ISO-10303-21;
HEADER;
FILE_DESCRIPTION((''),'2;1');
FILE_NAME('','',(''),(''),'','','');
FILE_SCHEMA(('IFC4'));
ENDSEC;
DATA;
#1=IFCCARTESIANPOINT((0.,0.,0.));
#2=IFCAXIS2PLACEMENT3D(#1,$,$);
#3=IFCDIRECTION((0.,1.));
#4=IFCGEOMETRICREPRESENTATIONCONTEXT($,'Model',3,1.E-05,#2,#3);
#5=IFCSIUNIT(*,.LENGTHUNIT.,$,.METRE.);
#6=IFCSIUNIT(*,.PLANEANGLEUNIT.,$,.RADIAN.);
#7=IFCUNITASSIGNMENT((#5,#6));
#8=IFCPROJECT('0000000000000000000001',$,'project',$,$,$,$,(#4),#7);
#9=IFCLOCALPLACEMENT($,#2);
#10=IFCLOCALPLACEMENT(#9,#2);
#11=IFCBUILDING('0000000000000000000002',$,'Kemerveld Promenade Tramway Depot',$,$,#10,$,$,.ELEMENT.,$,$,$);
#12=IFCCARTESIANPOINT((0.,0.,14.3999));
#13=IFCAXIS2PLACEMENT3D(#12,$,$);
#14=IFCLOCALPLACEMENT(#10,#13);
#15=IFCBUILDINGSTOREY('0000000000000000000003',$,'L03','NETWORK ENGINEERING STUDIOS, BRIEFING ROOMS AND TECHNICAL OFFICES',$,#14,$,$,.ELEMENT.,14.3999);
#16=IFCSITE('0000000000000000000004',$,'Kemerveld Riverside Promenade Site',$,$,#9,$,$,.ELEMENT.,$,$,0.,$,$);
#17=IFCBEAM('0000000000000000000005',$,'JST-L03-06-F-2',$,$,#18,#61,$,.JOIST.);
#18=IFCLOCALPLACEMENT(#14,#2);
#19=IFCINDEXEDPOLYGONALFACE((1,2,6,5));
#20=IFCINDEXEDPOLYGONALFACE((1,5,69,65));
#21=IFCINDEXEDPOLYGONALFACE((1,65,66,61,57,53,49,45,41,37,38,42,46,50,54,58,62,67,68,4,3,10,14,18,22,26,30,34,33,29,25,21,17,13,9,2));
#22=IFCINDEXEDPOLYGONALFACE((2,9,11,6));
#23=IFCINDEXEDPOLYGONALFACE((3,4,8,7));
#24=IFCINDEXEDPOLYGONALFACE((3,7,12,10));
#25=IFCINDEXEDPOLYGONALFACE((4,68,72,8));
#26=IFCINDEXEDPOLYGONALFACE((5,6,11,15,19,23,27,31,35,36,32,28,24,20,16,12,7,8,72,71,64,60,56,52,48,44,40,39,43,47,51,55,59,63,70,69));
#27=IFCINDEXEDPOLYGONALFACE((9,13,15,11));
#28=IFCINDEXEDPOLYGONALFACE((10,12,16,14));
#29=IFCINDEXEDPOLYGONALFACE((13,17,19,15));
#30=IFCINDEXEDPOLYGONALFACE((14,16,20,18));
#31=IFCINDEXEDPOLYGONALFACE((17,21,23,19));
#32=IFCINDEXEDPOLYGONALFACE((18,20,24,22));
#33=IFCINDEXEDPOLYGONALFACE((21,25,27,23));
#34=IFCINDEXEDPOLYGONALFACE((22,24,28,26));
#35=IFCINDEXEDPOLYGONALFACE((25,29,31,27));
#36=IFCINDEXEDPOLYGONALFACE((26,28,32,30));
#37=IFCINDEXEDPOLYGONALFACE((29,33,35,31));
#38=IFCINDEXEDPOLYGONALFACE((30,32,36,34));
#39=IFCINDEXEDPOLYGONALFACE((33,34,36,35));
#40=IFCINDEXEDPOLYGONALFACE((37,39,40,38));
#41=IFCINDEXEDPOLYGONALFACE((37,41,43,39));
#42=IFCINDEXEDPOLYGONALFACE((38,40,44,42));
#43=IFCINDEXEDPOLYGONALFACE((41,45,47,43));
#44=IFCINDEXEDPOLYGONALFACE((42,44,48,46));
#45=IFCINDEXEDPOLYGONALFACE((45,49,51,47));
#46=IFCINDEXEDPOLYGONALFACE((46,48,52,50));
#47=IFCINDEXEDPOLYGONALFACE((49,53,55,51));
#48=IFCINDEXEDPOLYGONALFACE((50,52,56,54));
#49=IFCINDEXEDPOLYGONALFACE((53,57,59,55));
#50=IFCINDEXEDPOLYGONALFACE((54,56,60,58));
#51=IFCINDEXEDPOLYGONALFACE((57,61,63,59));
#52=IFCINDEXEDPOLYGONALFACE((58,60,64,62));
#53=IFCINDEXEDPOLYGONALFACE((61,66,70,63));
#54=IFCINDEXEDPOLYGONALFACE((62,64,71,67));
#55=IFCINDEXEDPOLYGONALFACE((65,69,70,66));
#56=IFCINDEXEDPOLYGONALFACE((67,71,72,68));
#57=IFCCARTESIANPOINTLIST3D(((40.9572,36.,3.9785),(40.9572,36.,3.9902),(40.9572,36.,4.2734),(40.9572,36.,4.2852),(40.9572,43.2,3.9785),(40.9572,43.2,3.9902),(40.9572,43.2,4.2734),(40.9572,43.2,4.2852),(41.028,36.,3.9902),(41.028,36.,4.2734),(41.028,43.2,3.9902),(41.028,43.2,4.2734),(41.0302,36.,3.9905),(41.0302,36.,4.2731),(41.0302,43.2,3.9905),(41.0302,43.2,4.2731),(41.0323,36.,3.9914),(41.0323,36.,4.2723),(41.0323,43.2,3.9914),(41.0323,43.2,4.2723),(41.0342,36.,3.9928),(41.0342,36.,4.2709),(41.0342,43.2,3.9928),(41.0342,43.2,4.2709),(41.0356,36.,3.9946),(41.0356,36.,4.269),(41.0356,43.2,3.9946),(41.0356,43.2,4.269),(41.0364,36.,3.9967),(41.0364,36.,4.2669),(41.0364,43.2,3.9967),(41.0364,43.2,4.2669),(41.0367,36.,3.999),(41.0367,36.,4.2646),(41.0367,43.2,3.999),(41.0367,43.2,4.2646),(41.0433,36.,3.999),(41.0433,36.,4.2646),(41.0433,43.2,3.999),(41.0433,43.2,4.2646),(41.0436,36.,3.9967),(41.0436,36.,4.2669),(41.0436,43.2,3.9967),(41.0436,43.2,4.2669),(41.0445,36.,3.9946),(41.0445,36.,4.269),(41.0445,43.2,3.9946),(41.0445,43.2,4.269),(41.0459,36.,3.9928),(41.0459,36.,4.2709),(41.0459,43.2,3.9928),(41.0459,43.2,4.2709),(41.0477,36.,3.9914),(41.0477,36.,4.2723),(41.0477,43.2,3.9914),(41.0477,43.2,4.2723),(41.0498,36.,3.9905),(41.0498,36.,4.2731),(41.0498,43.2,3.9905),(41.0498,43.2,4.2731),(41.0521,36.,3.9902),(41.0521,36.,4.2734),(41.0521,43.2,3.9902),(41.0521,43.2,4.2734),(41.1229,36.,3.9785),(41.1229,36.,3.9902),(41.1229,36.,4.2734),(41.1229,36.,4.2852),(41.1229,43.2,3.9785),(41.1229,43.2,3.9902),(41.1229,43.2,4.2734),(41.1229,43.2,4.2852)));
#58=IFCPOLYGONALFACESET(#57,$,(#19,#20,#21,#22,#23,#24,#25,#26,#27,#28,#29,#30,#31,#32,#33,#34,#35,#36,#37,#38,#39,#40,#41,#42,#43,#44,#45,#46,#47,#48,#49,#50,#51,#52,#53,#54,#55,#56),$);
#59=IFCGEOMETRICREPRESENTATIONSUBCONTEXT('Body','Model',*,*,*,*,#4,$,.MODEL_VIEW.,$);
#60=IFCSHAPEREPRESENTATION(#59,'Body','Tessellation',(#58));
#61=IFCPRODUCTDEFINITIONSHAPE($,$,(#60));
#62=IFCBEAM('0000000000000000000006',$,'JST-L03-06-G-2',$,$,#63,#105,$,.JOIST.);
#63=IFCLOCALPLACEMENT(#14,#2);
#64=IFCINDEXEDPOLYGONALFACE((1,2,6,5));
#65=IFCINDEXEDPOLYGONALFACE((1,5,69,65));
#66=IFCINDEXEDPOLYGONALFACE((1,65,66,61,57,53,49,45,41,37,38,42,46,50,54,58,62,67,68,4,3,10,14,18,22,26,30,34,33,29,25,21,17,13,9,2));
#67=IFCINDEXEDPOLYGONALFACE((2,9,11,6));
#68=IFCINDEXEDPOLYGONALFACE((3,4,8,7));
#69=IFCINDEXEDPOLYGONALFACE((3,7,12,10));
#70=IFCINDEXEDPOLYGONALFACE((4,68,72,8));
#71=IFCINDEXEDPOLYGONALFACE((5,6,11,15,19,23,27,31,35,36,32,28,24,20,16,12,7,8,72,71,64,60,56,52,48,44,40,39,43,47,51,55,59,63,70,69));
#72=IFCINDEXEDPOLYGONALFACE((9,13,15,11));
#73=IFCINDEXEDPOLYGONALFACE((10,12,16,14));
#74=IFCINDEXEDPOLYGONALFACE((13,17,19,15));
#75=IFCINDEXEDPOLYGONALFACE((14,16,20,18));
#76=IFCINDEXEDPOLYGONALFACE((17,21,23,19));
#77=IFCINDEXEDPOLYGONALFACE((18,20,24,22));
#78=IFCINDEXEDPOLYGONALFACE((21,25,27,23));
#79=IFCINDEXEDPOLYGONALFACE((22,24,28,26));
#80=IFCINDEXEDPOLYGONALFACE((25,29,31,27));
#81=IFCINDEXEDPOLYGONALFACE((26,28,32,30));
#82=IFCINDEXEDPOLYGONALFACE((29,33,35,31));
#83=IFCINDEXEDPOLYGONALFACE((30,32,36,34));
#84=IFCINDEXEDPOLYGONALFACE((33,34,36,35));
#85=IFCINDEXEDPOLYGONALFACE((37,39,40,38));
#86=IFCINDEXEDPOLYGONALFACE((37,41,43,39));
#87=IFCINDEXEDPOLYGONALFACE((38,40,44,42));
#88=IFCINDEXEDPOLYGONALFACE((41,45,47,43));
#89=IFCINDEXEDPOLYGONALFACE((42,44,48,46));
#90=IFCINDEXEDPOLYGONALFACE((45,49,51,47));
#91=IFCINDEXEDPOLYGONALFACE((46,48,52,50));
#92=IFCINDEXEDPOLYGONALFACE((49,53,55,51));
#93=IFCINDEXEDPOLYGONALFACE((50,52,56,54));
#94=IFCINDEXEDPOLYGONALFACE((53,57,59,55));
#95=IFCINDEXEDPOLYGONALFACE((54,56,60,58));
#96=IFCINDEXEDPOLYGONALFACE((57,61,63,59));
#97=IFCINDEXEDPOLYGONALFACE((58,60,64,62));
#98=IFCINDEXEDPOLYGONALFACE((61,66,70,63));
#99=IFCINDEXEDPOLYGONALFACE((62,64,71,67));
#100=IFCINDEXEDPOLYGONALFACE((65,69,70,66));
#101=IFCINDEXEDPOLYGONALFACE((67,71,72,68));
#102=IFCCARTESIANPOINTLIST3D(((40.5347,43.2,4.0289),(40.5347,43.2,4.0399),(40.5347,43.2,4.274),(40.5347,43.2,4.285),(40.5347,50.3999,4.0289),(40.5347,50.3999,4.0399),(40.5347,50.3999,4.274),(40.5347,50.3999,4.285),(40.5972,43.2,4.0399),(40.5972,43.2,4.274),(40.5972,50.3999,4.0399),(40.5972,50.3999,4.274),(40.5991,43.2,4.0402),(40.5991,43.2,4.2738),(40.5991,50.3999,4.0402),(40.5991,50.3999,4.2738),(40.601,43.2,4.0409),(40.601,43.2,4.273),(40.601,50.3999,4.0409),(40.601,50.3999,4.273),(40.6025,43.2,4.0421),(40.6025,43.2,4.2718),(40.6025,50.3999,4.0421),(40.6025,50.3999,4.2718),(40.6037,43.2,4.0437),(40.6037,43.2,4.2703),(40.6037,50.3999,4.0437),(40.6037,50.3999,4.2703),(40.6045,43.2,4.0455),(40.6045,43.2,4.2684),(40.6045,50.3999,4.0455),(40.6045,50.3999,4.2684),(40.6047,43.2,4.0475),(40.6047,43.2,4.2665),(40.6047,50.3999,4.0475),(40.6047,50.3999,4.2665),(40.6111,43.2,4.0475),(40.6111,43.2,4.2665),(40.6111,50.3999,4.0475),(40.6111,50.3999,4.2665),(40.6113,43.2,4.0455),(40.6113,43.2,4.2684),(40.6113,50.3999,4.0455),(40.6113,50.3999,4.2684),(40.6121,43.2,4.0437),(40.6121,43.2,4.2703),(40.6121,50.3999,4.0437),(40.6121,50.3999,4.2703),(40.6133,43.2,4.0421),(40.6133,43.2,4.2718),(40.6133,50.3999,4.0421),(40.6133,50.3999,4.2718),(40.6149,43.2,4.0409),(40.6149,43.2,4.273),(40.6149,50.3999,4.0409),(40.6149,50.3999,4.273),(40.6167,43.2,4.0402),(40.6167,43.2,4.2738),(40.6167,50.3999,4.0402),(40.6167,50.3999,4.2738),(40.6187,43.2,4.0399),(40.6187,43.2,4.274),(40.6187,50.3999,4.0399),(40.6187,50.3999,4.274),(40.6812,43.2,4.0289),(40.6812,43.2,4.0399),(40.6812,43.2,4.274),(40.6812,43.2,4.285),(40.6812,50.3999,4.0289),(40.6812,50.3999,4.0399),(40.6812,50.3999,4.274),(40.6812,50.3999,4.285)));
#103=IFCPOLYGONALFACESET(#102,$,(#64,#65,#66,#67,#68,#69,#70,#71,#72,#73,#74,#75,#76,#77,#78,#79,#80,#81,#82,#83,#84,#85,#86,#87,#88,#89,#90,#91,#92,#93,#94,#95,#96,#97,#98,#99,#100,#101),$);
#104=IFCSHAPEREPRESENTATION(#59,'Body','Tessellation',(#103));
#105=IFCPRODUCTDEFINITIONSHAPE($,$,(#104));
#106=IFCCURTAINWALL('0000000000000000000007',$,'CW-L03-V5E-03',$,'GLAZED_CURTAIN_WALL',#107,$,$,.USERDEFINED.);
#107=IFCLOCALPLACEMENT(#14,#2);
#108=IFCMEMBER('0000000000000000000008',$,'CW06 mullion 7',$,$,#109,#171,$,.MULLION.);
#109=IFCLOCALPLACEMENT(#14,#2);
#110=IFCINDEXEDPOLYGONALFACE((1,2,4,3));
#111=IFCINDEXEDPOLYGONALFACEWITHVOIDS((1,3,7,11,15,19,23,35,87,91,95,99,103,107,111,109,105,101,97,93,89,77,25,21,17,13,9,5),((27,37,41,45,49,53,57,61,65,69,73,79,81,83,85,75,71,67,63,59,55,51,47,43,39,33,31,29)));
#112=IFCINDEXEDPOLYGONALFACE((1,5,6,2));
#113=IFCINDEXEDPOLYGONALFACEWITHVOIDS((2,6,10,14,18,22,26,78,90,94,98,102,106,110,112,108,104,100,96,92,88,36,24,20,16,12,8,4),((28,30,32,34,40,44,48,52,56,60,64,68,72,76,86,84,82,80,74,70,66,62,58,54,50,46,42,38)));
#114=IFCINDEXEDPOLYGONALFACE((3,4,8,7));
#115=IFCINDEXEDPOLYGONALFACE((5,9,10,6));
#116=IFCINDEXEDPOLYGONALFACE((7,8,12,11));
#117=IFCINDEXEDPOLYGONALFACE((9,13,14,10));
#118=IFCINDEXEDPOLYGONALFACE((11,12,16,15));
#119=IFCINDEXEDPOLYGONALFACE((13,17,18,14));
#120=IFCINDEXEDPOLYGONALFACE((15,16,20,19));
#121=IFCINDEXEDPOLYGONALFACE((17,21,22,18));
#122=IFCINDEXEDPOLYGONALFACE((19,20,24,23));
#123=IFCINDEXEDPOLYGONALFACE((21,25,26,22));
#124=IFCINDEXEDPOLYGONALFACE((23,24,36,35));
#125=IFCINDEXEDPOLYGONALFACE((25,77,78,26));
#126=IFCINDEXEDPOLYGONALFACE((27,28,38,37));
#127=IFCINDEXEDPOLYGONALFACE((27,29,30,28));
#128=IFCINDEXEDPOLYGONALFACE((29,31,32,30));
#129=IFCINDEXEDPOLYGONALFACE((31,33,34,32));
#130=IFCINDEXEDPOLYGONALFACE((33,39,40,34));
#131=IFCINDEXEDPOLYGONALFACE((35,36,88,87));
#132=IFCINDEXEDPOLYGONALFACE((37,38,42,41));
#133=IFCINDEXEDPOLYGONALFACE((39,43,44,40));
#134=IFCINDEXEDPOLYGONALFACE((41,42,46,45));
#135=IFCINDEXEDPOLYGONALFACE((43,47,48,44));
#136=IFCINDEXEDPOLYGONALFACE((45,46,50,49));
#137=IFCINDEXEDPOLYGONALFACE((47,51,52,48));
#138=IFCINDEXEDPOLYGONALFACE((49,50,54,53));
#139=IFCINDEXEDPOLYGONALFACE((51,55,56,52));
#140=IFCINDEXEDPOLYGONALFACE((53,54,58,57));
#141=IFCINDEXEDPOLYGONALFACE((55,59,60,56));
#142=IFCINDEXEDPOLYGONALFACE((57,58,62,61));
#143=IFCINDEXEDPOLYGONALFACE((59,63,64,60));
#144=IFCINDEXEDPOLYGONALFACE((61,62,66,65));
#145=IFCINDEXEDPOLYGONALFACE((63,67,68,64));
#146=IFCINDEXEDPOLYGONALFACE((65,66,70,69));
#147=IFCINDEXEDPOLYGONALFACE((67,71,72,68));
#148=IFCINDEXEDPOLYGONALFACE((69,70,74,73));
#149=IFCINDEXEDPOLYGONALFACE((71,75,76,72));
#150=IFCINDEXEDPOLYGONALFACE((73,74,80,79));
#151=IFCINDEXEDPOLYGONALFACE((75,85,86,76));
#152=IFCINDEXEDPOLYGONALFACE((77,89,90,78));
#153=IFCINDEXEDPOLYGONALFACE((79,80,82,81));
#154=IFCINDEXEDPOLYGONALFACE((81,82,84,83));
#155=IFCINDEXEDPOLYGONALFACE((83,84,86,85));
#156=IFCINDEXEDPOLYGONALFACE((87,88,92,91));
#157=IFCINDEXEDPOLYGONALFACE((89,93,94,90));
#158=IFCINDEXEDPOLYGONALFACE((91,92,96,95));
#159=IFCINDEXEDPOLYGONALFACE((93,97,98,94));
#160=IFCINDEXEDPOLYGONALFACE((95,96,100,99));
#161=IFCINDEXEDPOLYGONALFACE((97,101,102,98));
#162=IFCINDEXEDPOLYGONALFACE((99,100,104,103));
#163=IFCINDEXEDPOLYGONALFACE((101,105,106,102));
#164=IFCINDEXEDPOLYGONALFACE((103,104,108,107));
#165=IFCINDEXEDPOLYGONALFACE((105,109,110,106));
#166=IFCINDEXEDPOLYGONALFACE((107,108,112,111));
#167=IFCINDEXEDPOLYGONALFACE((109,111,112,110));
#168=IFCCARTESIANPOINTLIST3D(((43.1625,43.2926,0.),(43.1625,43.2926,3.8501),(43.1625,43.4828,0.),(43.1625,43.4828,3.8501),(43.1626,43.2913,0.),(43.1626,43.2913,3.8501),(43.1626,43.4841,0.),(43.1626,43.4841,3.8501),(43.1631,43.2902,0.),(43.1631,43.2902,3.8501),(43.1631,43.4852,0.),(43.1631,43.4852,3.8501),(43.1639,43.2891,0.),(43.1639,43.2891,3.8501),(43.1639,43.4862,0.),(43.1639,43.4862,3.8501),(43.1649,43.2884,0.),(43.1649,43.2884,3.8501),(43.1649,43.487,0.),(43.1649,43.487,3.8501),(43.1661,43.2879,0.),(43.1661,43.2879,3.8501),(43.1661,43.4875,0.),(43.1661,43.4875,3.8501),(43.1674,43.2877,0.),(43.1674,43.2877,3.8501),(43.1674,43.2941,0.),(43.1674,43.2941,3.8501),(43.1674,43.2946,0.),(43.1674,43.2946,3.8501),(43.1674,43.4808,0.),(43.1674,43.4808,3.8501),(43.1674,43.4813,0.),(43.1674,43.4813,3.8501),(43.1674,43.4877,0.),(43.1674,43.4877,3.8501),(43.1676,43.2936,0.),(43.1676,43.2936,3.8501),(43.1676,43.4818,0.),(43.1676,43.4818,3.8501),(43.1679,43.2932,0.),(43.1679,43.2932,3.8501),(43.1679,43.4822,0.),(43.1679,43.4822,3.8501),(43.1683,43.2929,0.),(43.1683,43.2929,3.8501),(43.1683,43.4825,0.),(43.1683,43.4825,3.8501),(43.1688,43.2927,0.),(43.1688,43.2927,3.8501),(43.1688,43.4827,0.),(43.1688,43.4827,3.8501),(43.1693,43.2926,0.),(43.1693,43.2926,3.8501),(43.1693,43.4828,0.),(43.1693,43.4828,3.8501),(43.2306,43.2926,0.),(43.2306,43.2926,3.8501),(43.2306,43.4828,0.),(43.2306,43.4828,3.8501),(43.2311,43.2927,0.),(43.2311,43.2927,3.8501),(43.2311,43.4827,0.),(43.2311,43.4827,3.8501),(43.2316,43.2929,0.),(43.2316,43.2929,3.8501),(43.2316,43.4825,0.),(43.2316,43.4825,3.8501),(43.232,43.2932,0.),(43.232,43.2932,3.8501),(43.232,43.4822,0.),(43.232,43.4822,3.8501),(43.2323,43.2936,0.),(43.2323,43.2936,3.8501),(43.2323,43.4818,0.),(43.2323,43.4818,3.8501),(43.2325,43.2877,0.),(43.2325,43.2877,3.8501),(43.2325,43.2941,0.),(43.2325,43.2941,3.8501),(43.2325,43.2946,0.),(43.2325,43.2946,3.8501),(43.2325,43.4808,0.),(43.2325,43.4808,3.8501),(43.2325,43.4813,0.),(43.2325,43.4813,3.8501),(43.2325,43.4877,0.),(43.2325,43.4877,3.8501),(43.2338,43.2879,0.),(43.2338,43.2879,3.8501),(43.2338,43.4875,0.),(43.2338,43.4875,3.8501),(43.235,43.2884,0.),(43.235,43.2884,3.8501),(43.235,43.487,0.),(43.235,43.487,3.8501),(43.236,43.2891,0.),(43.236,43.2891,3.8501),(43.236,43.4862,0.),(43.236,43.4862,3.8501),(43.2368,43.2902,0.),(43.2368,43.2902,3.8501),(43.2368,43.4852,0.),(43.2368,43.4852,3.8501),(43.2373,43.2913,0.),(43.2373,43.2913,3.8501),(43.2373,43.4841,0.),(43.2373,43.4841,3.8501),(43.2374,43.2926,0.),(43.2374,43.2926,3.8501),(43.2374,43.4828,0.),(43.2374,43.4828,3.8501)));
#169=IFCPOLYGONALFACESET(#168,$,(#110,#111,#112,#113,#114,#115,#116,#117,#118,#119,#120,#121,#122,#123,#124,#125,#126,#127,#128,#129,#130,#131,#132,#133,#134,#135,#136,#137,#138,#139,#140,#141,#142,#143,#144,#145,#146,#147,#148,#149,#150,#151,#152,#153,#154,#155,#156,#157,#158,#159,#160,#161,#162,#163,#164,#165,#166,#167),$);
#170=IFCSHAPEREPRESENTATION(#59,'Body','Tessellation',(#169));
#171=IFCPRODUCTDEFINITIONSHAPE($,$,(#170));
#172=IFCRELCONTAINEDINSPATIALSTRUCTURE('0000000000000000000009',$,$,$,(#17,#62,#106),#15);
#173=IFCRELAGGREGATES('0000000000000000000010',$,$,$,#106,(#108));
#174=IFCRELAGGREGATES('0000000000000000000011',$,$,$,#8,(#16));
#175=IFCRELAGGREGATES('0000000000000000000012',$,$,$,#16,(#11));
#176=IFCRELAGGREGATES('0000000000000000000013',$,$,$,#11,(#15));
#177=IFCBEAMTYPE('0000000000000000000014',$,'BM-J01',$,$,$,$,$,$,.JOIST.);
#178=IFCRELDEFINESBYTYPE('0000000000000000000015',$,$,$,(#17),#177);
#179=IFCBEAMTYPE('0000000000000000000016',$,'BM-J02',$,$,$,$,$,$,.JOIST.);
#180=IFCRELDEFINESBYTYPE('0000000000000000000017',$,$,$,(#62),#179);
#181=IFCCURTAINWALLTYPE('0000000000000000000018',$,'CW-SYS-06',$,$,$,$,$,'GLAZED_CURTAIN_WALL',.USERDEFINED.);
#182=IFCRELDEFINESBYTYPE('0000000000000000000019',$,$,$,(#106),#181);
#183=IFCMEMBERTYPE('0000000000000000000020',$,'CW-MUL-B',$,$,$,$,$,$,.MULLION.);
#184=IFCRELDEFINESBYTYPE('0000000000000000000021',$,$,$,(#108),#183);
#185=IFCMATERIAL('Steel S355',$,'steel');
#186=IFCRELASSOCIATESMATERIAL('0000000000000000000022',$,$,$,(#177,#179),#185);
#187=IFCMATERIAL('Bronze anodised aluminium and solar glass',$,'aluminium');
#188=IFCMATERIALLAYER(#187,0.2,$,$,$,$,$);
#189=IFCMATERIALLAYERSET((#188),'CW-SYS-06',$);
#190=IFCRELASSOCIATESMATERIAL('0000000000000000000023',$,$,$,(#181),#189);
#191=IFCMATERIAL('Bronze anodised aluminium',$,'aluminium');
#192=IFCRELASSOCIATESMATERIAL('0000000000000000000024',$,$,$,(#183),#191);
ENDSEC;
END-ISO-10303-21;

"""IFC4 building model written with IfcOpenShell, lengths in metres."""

from ifc_helpers import new_model, si_unit, direction, frame, origin, origin_2d, place, context, subcontext, project, spatial, hollow_rectangle, i_section, extrude, material, layer, layer_set, material_profile, profile_set, type_object, element, aggregate, save


model = new_model("IFC4")

# Units and contexts
model_context = context("Model", 3, precision=1e-05, world=origin(), true_north=direction((0.0, 1.0)))
body_context = subcontext(model_context, "Body", "Model", "MODEL_VIEW")
ifc_project = project(units=[si_unit("LENGTHUNIT", "METRE"), si_unit("PLANEANGLEUNIT", "RADIAN")], contexts=[model_context])

# Site, building, storey
site_placement = place(None, origin())
site = spatial("IfcSite", under=ifc_project, at=site_placement, Name="Kemerveld Riverside Promenade Site", CompositionType="ELEMENT", RefElevation=0.0)
building_placement = place(site_placement, origin())
building = spatial("IfcBuilding", under=site, at=building_placement, Name="Kemerveld Promenade Tramway Depot", CompositionType="ELEMENT")
storey_placement = place(building_placement, frame((0.0, 0.0, 14.3999)))
storey = spatial("IfcBuildingStorey", under=building, at=storey_placement, Name="L03", Description="NETWORK ENGINEERING STUDIOS, BRIEFING ROOMS AND TECHNICAL OFFICES", CompositionType="ELEMENT", Elevation=14.3999)

# Shared definitions
ifc_material_1 = material(Name="Steel S355", Category="steel")

# Beams
ifc_material_profile_1 = material_profile(ifc_material_1, i_section(OverallWidth=0.1658, OverallDepth=0.3066, WebThickness=0.0066, FlangeThickness=0.0117, FilletRadius=0.0088, at=origin_2d()), Name="305x165x46 UB")
ifc_profile_set_1 = profile_set([ifc_material_profile_1], Name="Steel S355")
beam_type_1 = type_object("IfcBeamType", Name="BM-J01", PredefinedType="JOIST", material=ifc_profile_set_1)
beam_1_placement = place(storey_placement, frame((41.04, 36.0, 4.1318), z_axis=(0.0, 1.0, 0.0), x_axis=(-1.0, 0.0, 0.0)))
element("IfcBeam", 1, at=beam_1_placement, inside=storey, type_object=beam_type_1, Name="JST-L03-06-F-2", PredefinedType="JOIST", context=body_context, shape_type="SweptSolid", body=[
    extrude(i_section(OverallWidth=0.1658, OverallDepth=0.3066, WebThickness=0.0066, FlangeThickness=0.0117, FilletRadius=0.0088, at=origin_2d()), origin(), (0.0, 0.0, 1.0), 7.2),
])
ifc_material_profile_2 = material_profile(ifc_material_1, i_section(OverallWidth=0.1465, OverallDepth=0.2561, WebThickness=0.0063, FlangeThickness=0.011, FilletRadius=0.0076, at=origin_2d()), Name="254x146x37 UB")
ifc_profile_set_2 = profile_set([ifc_material_profile_2], Name="Steel S355")
beam_type_2 = type_object("IfcBeamType", Name="BM-J02", PredefinedType="JOIST", material=ifc_profile_set_2)
beam_2_placement = place(storey_placement, frame((40.6079, 43.2, 4.157), z_axis=(0.0, 1.0, 0.0), x_axis=(-1.0, 0.0, 0.0)))
element("IfcBeam", 2, at=beam_2_placement, inside=storey, type_object=beam_type_2, Name="JST-L03-06-G-2", PredefinedType="JOIST", context=body_context, shape_type="SweptSolid", body=[
    extrude(i_section(OverallWidth=0.1465, OverallDepth=0.2561, WebThickness=0.0063, FlangeThickness=0.011, FilletRadius=0.0076, at=origin_2d()), origin(), (0.0, 0.0, 1.0), 7.2),
])

# Curtain wall, member
ifc_material_2 = material(Name="Bronze anodised aluminium and solar glass", Category="aluminium")
ifc_layer_1 = layer(ifc_material_2, 0.2)
ifc_layer_set_1 = layer_set([ifc_layer_1], Name="CW-SYS-06")
curtain_wall_type_1 = type_object("IfcCurtainWallType", Name="CW-SYS-06", ElementType="GLAZED_CURTAIN_WALL", PredefinedType="USERDEFINED", material=ifc_layer_set_1)
curtain_wall_1_placement = place(storey_placement, origin())
curtain_wall_1 = element("IfcCurtainWall", 3, at=curtain_wall_1_placement, inside=storey, type_object=curtain_wall_type_1, Name="CW-L03-V5E-03", ObjectType="GLAZED_CURTAIN_WALL", PredefinedType="USERDEFINED")
ifc_material_3 = material(Name="Bronze anodised aluminium", Category="aluminium")
ifc_material_profile_3 = material_profile(ifc_material_3, hollow_rectangle(XDim=0.075, YDim=0.2, WallThickness=0.0049, InnerFilletRadius=0.002, OuterFilletRadius=0.0049, at=origin_2d()), Name="CW-MUL-200x75")
ifc_profile_set_3 = profile_set([ifc_material_profile_3], Name="Bronze anodised aluminium")
member_type_1 = type_object("IfcMemberType", Name="CW-MUL-B", PredefinedType="MULLION", material=ifc_profile_set_3)
member_1_placement = place(storey_placement, frame((43.2, 43.3877, 0.0), z_axis=(0.0, 0.0, 1.0), x_axis=(1.0, 0.0, 0.0)))
member_1 = element("IfcMember", 4, at=member_1_placement, type_object=member_type_1, Name="CW06 mullion 7", PredefinedType="MULLION", context=body_context, shape_type="SweptSolid", body=[
    extrude(hollow_rectangle(XDim=0.075, YDim=0.2, WallThickness=0.0049, InnerFilletRadius=0.002, OuterFilletRadius=0.0049, at=origin_2d()), origin(), (0.0, 0.0, 1.0), 3.8501),
])

aggregate(curtain_wall_1, [member_1])

save(model, "model.ifc")
